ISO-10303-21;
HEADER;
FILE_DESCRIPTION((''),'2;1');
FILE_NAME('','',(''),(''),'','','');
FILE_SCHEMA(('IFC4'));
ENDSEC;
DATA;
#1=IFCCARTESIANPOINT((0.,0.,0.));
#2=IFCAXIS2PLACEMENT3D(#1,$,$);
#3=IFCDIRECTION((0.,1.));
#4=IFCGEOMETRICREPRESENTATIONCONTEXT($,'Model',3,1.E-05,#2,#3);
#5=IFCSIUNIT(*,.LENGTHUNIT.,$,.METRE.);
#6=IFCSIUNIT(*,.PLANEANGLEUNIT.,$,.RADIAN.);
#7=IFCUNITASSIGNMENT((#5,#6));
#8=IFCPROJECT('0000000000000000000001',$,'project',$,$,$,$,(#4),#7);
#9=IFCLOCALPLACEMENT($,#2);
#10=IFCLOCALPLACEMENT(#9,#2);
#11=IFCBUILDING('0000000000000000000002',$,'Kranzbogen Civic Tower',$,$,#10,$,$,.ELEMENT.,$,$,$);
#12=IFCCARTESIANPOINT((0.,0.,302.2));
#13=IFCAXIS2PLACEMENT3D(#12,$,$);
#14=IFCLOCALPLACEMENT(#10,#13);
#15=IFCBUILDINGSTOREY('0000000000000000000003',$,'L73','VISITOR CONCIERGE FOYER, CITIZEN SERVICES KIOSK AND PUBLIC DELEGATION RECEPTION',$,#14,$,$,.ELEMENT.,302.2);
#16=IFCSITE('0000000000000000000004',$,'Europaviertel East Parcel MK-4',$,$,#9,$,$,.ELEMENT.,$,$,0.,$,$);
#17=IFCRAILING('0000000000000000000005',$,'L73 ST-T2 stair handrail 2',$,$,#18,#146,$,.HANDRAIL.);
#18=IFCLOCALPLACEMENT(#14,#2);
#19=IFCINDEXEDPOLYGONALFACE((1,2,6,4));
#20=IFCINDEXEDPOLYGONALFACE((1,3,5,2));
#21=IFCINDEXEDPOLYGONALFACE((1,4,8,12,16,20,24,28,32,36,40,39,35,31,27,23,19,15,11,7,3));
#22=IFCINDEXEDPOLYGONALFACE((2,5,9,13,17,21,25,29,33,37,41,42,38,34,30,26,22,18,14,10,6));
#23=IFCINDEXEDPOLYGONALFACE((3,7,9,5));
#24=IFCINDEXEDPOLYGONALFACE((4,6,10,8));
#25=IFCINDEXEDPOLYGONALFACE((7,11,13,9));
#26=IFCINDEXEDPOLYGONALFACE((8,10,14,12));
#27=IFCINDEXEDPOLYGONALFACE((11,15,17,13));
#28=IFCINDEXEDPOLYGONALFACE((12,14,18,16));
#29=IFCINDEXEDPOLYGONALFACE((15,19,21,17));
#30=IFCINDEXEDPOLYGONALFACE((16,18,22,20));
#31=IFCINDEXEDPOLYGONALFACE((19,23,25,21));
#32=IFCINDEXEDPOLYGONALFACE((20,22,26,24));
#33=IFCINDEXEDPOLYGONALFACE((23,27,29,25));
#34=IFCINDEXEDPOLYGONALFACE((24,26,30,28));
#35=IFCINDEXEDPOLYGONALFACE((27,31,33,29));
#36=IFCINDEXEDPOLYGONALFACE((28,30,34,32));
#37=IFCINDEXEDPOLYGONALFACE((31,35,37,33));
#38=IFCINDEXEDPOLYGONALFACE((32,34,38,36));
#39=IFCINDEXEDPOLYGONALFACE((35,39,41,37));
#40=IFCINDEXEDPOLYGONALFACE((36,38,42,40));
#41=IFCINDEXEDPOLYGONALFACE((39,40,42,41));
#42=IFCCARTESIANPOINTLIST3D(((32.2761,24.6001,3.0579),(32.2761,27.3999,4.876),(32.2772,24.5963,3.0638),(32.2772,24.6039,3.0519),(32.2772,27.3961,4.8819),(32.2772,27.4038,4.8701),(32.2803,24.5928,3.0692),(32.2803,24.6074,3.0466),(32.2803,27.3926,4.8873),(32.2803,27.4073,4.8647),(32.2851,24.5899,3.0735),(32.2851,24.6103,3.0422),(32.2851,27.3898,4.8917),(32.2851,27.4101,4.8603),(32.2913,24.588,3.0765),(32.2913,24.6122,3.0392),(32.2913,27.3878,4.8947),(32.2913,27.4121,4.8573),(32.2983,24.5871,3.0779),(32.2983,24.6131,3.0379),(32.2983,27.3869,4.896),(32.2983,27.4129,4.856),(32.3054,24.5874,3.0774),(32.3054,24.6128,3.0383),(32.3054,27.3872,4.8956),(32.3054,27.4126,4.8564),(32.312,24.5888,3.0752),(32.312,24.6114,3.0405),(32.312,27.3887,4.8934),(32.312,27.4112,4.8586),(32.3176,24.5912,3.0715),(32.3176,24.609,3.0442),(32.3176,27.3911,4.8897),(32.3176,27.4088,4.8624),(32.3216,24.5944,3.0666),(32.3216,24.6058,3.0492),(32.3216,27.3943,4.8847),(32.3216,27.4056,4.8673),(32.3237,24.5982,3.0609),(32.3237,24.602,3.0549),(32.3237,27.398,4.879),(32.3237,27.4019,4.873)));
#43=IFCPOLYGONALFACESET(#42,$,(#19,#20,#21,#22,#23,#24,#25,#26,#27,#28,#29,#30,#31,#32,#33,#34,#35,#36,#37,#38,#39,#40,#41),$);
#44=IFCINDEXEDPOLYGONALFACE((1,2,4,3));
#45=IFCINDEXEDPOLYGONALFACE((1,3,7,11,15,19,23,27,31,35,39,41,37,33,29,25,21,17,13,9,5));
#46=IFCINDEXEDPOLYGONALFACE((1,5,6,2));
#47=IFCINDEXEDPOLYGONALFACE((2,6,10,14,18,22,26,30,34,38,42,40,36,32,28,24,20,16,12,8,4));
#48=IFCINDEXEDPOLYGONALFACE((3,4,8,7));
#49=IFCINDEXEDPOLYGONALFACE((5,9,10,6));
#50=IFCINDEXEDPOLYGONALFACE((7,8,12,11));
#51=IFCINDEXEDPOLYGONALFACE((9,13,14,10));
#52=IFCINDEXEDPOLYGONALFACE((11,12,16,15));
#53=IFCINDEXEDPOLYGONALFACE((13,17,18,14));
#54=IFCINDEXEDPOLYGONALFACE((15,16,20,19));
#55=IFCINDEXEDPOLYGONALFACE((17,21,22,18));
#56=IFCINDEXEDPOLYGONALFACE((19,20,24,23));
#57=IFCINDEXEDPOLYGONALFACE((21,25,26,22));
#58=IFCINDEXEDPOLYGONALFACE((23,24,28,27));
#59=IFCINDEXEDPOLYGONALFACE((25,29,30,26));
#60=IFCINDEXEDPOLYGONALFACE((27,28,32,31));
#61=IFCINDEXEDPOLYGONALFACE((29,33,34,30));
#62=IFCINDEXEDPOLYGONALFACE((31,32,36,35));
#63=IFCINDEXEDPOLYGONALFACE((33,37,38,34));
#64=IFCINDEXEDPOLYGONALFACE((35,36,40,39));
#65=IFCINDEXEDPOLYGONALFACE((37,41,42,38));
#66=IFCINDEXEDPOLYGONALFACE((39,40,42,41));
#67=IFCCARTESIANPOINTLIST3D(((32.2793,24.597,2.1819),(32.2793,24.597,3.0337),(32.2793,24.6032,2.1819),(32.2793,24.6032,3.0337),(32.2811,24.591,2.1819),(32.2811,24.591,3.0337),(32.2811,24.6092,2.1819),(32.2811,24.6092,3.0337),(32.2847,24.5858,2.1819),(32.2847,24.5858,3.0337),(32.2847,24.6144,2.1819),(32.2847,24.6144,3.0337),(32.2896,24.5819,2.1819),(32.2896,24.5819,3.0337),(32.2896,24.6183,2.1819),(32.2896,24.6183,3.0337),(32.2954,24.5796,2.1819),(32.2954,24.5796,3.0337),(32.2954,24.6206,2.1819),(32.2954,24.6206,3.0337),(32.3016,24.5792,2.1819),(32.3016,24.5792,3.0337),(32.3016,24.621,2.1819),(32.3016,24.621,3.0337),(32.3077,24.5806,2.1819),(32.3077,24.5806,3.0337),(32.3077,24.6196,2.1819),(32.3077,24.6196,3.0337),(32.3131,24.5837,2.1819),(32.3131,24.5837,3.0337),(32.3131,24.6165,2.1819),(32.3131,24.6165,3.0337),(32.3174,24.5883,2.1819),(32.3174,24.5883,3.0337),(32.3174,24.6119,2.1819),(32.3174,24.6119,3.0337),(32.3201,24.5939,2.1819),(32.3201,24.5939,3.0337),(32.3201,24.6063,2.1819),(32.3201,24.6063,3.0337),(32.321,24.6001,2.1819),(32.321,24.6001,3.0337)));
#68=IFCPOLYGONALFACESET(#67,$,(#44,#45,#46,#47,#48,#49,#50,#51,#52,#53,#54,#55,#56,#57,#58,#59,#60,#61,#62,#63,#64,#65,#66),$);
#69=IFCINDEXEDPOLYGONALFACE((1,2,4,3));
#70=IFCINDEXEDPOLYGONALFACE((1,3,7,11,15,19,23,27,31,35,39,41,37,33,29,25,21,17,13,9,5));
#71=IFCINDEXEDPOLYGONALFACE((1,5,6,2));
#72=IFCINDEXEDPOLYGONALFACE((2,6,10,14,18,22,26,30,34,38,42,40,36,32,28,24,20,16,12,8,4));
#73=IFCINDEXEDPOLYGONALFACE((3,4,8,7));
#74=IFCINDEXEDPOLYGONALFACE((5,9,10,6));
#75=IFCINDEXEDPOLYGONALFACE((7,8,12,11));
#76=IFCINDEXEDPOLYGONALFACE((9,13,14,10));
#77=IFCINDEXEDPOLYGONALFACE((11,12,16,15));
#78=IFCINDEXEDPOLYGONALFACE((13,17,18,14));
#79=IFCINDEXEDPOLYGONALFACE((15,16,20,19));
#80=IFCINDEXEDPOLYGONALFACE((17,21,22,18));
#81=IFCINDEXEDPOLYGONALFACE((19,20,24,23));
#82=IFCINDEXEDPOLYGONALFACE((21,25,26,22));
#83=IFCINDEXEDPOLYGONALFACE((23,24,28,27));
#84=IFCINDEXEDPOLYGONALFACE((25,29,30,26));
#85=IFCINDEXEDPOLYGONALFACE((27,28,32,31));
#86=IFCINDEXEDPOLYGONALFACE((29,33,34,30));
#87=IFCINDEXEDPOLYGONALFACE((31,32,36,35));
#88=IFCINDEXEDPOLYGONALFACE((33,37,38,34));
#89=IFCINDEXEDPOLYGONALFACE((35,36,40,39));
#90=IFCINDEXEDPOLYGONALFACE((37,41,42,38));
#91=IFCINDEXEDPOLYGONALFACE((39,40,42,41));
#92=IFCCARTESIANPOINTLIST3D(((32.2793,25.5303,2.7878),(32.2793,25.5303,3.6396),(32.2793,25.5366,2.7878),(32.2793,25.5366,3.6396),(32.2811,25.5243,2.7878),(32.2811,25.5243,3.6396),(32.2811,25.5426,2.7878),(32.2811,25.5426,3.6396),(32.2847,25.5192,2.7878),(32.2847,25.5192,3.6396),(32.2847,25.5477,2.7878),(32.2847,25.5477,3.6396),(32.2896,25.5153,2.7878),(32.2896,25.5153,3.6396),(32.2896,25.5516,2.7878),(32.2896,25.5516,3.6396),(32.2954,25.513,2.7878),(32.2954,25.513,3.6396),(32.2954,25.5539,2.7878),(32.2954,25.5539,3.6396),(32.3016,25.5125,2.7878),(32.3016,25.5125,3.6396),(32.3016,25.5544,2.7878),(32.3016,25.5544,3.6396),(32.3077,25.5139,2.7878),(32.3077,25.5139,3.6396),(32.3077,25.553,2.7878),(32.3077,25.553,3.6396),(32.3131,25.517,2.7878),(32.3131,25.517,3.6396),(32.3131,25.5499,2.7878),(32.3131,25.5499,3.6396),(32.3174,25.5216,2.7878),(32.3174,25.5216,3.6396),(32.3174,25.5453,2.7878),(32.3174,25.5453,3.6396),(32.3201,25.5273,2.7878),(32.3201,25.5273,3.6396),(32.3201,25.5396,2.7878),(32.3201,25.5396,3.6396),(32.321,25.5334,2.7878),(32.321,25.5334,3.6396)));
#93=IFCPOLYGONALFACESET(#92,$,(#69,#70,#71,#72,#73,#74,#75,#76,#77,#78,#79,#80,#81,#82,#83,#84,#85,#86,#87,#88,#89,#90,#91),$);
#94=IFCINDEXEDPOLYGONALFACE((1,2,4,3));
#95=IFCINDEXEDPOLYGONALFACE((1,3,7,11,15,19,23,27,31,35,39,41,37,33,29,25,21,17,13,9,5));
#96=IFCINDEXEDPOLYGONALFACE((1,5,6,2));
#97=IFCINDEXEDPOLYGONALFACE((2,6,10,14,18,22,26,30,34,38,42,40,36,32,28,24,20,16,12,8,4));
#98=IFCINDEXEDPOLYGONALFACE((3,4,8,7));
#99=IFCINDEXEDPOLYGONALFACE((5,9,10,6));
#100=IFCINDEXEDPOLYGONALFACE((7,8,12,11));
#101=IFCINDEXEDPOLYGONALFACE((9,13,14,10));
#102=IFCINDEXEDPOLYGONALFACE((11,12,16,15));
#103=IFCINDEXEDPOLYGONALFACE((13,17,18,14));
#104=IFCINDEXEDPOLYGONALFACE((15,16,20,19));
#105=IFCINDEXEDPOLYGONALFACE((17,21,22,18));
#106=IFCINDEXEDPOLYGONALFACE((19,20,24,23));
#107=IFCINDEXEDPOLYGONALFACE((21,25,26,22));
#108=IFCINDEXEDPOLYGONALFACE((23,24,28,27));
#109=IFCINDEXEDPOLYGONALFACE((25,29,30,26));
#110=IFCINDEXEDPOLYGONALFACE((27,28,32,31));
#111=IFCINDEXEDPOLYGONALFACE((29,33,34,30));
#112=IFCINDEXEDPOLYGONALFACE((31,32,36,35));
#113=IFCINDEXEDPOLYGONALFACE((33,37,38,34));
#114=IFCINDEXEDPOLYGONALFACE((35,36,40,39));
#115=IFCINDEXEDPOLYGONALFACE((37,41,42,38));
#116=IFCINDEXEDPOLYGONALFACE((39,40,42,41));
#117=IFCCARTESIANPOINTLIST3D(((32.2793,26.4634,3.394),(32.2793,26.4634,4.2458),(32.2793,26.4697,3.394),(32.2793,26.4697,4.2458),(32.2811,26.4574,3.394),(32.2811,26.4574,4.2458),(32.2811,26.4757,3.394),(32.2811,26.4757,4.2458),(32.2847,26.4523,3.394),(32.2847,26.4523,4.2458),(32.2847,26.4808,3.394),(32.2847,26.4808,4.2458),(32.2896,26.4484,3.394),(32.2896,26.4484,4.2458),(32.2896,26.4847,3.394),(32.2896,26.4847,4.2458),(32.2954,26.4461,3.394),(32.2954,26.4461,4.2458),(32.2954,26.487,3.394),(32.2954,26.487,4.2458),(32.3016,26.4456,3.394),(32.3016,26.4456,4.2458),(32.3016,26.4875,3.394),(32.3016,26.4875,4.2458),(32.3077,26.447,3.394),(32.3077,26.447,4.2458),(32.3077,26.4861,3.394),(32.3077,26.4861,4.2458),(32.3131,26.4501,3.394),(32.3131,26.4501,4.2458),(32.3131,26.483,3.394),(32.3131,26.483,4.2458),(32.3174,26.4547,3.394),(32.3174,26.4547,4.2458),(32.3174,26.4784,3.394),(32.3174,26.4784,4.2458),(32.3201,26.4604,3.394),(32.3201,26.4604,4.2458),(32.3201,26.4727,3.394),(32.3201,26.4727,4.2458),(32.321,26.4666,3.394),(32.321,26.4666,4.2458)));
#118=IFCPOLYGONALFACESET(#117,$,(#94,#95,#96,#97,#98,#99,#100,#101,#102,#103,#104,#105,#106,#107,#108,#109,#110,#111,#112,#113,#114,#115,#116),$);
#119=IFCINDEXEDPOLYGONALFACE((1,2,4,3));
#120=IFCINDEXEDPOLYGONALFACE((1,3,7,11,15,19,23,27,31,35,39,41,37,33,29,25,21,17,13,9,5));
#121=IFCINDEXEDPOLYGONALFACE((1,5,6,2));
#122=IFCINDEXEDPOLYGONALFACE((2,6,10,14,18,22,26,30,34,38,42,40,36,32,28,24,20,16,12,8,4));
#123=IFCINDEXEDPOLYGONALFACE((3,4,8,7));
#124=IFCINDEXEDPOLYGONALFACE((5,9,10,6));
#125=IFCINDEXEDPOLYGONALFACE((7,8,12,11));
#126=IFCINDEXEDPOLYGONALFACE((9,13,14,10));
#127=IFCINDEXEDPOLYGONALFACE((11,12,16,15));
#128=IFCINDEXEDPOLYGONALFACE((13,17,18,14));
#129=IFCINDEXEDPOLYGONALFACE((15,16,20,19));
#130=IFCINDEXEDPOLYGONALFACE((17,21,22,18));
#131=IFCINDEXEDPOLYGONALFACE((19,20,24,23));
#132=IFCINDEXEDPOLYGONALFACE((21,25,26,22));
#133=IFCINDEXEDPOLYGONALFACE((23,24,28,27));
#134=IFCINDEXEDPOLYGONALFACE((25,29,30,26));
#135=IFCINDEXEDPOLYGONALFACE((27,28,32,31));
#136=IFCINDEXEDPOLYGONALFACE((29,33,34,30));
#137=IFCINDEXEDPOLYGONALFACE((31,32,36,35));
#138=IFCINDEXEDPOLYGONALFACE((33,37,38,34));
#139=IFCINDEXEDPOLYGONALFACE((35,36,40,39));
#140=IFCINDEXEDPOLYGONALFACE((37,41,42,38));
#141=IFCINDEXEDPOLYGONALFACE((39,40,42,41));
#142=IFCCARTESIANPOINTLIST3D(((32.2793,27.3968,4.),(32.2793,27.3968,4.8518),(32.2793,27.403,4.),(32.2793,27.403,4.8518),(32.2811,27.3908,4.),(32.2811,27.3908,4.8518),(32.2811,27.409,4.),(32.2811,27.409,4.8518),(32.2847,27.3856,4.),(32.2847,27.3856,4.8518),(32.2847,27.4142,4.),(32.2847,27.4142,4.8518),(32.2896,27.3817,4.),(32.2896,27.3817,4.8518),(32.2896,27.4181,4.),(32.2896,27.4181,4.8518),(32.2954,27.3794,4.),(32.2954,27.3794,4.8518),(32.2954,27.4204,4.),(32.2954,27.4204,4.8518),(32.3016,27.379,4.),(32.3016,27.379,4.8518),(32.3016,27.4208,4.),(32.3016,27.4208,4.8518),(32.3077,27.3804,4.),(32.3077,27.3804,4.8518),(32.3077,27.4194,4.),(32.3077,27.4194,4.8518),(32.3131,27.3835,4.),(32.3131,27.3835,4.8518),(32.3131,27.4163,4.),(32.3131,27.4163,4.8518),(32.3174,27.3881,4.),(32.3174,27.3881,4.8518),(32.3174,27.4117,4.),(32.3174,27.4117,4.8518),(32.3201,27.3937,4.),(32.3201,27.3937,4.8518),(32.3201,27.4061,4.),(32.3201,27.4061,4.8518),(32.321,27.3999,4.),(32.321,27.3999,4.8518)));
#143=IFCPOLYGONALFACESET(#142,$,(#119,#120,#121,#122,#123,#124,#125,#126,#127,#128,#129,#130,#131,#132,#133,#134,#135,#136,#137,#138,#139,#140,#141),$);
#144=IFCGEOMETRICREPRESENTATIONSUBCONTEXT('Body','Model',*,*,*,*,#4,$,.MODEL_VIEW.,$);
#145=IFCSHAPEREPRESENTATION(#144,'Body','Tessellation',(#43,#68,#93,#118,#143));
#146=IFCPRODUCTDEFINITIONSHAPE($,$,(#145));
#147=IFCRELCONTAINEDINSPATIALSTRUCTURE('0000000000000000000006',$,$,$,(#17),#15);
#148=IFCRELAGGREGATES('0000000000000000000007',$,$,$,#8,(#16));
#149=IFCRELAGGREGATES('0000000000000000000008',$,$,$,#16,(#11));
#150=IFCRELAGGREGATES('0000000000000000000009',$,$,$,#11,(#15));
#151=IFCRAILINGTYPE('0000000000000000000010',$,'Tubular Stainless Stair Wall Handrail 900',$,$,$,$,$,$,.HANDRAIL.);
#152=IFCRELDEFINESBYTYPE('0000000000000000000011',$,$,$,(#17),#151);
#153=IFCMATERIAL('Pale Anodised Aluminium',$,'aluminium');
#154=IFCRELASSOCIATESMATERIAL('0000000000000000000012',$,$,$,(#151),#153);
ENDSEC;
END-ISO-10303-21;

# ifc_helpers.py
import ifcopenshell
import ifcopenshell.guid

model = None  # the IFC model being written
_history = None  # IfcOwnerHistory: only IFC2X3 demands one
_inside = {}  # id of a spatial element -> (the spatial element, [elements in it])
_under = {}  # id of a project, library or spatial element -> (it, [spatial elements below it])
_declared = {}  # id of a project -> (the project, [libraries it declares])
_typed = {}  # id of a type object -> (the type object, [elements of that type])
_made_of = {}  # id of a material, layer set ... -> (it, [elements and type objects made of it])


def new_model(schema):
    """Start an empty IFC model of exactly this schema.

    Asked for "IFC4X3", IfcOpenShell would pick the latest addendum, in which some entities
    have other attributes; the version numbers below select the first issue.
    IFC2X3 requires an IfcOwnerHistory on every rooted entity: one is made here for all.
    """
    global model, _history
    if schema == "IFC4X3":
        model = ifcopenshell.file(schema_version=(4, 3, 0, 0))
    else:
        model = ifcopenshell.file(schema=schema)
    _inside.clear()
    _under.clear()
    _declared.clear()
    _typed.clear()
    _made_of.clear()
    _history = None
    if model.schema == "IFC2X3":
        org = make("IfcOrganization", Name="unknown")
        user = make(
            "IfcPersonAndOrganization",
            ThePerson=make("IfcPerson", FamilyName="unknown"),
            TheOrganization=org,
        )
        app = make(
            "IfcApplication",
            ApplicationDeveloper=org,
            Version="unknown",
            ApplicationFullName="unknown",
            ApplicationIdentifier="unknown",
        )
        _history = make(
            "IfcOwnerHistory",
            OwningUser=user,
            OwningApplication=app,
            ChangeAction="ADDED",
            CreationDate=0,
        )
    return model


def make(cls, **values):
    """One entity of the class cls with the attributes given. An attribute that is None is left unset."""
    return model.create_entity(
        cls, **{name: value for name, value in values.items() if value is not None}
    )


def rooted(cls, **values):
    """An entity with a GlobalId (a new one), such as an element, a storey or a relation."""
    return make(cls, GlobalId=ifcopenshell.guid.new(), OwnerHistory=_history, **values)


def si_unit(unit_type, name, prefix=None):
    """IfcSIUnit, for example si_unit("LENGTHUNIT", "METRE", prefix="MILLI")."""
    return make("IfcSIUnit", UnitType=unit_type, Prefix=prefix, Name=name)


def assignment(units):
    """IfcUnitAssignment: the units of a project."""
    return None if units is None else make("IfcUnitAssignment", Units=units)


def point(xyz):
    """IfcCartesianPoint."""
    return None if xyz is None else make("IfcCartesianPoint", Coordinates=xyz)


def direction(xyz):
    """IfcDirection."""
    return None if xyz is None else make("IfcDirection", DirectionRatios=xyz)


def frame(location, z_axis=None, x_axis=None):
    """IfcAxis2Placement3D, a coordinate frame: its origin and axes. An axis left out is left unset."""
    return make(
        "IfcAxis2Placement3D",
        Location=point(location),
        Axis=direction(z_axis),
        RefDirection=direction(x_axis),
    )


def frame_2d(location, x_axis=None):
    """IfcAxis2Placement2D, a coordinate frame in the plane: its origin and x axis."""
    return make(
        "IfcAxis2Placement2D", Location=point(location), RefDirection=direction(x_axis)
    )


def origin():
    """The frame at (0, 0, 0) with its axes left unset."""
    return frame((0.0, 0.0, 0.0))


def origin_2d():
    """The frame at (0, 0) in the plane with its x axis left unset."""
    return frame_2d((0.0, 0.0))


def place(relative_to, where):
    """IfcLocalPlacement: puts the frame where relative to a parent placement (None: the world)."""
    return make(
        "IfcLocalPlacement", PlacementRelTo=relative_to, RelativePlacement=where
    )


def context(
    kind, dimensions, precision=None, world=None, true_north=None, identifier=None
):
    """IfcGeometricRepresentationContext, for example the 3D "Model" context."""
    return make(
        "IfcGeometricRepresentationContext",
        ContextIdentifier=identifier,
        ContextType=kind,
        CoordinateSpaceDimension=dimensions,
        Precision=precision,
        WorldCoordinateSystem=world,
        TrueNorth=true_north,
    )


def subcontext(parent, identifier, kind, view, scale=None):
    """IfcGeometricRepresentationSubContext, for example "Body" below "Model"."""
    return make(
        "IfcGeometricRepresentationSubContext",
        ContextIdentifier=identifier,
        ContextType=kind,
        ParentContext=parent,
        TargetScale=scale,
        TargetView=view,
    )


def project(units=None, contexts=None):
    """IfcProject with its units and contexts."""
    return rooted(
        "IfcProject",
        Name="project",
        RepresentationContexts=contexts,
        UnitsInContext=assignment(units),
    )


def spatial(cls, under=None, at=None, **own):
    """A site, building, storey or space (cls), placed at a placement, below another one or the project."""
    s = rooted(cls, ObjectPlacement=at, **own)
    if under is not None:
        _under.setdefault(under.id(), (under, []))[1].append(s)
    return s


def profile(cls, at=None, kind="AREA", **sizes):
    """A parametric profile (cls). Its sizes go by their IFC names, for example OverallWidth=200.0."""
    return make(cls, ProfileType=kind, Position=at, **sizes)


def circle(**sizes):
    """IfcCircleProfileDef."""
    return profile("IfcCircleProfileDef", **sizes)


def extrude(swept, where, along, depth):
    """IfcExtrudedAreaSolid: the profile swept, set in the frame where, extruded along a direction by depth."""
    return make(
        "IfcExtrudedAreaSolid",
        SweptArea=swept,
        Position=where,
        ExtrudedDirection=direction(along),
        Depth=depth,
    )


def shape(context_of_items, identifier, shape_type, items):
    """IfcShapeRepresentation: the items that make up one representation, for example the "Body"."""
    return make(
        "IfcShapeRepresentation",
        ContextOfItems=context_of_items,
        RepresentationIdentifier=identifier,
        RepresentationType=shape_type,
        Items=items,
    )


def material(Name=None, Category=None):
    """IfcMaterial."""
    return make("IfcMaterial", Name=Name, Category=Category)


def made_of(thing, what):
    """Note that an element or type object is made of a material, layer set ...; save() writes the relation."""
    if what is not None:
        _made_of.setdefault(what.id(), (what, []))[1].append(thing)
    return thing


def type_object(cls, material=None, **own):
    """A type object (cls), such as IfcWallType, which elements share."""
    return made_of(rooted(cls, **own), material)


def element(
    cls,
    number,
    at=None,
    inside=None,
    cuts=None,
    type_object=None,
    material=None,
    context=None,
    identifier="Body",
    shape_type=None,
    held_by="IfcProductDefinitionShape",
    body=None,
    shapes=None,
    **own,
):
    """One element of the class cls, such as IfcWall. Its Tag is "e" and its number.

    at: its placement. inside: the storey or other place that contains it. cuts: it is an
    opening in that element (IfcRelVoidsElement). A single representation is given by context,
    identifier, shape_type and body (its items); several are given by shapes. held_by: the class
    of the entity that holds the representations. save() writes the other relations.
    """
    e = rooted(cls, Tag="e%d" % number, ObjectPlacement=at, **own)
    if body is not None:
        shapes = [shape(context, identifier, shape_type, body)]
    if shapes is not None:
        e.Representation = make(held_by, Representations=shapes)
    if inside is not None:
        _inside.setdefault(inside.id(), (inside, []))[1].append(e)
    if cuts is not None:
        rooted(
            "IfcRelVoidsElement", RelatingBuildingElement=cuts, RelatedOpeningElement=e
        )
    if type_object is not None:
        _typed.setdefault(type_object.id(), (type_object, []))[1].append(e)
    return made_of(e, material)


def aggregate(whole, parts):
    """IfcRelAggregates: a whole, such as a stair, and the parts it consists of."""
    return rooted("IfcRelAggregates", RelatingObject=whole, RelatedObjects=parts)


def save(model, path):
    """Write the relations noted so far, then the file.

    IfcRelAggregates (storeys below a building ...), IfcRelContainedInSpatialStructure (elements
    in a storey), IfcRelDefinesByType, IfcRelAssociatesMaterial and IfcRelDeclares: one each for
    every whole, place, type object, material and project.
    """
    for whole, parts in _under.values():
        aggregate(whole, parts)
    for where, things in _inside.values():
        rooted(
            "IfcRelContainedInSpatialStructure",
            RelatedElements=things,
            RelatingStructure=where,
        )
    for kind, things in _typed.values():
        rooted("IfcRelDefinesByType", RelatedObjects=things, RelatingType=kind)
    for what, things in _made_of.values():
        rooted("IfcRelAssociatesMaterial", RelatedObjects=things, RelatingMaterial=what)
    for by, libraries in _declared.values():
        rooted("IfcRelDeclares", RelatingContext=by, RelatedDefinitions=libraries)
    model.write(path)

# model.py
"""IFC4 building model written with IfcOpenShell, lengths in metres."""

from ifc_helpers import new_model, si_unit, direction, frame, origin, origin_2d, place, context, subcontext, project, spatial, circle, extrude, material, type_object, element, save


model = new_model("IFC4")

# Units and contexts
model_context = context("Model", 3, precision=1e-05, world=origin(), true_north=direction((0.0, 1.0)))
body_context = subcontext(model_context, "Body", "Model", "MODEL_VIEW")
ifc_project = project(units=[si_unit("LENGTHUNIT", "METRE"), si_unit("PLANEANGLEUNIT", "RADIAN")], contexts=[model_context])

# Site, building, storey
site_placement = place(None, origin())
site = spatial("IfcSite", under=ifc_project, at=site_placement, Name="Europaviertel East Parcel MK-4", CompositionType="ELEMENT", RefElevation=0.0)
building_placement = place(site_placement, origin())
building = spatial("IfcBuilding", under=site, at=building_placement, Name="Kranzbogen Civic Tower", CompositionType="ELEMENT")
storey_placement = place(building_placement, frame((0.0, 0.0, 302.2)))
storey = spatial("IfcBuildingStorey", under=building, at=storey_placement, Name="L73", Description="VISITOR CONCIERGE FOYER, CITIZEN SERVICES KIOSK AND PUBLIC DELEGATION RECEPTION", CompositionType="ELEMENT", Elevation=302.2)

# Shared definitions
ifc_material_1 = material(Name="Pale Anodised Aluminium", Category="aluminium")

# Railing
railing_type_1 = type_object("IfcRailingType", Name="Tubular Stainless Stair Wall Handrail 900", PredefinedType="HANDRAIL", material=ifc_material_1)
railing_1_placement = place(storey_placement, frame((32.3, 24.6001, 2.1819)))
element("IfcRailing", 1, at=railing_1_placement, inside=storey, type_object=railing_type_1, Name="L73 ST-T2 stair handrail 2", PredefinedType="HANDRAIL", context=body_context, shape_type="SweptSolid", body=[
    extrude(circle(Radius=0.0239, at=origin_2d()), frame((0.0, 0.0, 0.876), z_axis=(0.0, 0.838684, 0.544618), x_axis=(-1.0, 0.0, 0.0)), (0.0, 0.0, 1.0), 3.3384),
    extrude(circle(Radius=0.021, at=origin_2d()), origin(), (0.0, 0.0, 1.0), 0.8518),
    extrude(circle(Radius=0.021, at=origin_2d()), frame((0.0, 0.9333, 0.606)), (0.0, 0.0, 1.0), 0.8518),
    extrude(circle(Radius=0.021, at=origin_2d()), frame((0.0, 1.8665, 1.2122)), (0.0, 0.0, 1.0), 0.8518),
    extrude(circle(Radius=0.021, at=origin_2d()), frame((0.0, 2.7998, 1.8181)), (0.0, 0.0, 1.0), 0.8518),
])

save(model, "model.ifc")
